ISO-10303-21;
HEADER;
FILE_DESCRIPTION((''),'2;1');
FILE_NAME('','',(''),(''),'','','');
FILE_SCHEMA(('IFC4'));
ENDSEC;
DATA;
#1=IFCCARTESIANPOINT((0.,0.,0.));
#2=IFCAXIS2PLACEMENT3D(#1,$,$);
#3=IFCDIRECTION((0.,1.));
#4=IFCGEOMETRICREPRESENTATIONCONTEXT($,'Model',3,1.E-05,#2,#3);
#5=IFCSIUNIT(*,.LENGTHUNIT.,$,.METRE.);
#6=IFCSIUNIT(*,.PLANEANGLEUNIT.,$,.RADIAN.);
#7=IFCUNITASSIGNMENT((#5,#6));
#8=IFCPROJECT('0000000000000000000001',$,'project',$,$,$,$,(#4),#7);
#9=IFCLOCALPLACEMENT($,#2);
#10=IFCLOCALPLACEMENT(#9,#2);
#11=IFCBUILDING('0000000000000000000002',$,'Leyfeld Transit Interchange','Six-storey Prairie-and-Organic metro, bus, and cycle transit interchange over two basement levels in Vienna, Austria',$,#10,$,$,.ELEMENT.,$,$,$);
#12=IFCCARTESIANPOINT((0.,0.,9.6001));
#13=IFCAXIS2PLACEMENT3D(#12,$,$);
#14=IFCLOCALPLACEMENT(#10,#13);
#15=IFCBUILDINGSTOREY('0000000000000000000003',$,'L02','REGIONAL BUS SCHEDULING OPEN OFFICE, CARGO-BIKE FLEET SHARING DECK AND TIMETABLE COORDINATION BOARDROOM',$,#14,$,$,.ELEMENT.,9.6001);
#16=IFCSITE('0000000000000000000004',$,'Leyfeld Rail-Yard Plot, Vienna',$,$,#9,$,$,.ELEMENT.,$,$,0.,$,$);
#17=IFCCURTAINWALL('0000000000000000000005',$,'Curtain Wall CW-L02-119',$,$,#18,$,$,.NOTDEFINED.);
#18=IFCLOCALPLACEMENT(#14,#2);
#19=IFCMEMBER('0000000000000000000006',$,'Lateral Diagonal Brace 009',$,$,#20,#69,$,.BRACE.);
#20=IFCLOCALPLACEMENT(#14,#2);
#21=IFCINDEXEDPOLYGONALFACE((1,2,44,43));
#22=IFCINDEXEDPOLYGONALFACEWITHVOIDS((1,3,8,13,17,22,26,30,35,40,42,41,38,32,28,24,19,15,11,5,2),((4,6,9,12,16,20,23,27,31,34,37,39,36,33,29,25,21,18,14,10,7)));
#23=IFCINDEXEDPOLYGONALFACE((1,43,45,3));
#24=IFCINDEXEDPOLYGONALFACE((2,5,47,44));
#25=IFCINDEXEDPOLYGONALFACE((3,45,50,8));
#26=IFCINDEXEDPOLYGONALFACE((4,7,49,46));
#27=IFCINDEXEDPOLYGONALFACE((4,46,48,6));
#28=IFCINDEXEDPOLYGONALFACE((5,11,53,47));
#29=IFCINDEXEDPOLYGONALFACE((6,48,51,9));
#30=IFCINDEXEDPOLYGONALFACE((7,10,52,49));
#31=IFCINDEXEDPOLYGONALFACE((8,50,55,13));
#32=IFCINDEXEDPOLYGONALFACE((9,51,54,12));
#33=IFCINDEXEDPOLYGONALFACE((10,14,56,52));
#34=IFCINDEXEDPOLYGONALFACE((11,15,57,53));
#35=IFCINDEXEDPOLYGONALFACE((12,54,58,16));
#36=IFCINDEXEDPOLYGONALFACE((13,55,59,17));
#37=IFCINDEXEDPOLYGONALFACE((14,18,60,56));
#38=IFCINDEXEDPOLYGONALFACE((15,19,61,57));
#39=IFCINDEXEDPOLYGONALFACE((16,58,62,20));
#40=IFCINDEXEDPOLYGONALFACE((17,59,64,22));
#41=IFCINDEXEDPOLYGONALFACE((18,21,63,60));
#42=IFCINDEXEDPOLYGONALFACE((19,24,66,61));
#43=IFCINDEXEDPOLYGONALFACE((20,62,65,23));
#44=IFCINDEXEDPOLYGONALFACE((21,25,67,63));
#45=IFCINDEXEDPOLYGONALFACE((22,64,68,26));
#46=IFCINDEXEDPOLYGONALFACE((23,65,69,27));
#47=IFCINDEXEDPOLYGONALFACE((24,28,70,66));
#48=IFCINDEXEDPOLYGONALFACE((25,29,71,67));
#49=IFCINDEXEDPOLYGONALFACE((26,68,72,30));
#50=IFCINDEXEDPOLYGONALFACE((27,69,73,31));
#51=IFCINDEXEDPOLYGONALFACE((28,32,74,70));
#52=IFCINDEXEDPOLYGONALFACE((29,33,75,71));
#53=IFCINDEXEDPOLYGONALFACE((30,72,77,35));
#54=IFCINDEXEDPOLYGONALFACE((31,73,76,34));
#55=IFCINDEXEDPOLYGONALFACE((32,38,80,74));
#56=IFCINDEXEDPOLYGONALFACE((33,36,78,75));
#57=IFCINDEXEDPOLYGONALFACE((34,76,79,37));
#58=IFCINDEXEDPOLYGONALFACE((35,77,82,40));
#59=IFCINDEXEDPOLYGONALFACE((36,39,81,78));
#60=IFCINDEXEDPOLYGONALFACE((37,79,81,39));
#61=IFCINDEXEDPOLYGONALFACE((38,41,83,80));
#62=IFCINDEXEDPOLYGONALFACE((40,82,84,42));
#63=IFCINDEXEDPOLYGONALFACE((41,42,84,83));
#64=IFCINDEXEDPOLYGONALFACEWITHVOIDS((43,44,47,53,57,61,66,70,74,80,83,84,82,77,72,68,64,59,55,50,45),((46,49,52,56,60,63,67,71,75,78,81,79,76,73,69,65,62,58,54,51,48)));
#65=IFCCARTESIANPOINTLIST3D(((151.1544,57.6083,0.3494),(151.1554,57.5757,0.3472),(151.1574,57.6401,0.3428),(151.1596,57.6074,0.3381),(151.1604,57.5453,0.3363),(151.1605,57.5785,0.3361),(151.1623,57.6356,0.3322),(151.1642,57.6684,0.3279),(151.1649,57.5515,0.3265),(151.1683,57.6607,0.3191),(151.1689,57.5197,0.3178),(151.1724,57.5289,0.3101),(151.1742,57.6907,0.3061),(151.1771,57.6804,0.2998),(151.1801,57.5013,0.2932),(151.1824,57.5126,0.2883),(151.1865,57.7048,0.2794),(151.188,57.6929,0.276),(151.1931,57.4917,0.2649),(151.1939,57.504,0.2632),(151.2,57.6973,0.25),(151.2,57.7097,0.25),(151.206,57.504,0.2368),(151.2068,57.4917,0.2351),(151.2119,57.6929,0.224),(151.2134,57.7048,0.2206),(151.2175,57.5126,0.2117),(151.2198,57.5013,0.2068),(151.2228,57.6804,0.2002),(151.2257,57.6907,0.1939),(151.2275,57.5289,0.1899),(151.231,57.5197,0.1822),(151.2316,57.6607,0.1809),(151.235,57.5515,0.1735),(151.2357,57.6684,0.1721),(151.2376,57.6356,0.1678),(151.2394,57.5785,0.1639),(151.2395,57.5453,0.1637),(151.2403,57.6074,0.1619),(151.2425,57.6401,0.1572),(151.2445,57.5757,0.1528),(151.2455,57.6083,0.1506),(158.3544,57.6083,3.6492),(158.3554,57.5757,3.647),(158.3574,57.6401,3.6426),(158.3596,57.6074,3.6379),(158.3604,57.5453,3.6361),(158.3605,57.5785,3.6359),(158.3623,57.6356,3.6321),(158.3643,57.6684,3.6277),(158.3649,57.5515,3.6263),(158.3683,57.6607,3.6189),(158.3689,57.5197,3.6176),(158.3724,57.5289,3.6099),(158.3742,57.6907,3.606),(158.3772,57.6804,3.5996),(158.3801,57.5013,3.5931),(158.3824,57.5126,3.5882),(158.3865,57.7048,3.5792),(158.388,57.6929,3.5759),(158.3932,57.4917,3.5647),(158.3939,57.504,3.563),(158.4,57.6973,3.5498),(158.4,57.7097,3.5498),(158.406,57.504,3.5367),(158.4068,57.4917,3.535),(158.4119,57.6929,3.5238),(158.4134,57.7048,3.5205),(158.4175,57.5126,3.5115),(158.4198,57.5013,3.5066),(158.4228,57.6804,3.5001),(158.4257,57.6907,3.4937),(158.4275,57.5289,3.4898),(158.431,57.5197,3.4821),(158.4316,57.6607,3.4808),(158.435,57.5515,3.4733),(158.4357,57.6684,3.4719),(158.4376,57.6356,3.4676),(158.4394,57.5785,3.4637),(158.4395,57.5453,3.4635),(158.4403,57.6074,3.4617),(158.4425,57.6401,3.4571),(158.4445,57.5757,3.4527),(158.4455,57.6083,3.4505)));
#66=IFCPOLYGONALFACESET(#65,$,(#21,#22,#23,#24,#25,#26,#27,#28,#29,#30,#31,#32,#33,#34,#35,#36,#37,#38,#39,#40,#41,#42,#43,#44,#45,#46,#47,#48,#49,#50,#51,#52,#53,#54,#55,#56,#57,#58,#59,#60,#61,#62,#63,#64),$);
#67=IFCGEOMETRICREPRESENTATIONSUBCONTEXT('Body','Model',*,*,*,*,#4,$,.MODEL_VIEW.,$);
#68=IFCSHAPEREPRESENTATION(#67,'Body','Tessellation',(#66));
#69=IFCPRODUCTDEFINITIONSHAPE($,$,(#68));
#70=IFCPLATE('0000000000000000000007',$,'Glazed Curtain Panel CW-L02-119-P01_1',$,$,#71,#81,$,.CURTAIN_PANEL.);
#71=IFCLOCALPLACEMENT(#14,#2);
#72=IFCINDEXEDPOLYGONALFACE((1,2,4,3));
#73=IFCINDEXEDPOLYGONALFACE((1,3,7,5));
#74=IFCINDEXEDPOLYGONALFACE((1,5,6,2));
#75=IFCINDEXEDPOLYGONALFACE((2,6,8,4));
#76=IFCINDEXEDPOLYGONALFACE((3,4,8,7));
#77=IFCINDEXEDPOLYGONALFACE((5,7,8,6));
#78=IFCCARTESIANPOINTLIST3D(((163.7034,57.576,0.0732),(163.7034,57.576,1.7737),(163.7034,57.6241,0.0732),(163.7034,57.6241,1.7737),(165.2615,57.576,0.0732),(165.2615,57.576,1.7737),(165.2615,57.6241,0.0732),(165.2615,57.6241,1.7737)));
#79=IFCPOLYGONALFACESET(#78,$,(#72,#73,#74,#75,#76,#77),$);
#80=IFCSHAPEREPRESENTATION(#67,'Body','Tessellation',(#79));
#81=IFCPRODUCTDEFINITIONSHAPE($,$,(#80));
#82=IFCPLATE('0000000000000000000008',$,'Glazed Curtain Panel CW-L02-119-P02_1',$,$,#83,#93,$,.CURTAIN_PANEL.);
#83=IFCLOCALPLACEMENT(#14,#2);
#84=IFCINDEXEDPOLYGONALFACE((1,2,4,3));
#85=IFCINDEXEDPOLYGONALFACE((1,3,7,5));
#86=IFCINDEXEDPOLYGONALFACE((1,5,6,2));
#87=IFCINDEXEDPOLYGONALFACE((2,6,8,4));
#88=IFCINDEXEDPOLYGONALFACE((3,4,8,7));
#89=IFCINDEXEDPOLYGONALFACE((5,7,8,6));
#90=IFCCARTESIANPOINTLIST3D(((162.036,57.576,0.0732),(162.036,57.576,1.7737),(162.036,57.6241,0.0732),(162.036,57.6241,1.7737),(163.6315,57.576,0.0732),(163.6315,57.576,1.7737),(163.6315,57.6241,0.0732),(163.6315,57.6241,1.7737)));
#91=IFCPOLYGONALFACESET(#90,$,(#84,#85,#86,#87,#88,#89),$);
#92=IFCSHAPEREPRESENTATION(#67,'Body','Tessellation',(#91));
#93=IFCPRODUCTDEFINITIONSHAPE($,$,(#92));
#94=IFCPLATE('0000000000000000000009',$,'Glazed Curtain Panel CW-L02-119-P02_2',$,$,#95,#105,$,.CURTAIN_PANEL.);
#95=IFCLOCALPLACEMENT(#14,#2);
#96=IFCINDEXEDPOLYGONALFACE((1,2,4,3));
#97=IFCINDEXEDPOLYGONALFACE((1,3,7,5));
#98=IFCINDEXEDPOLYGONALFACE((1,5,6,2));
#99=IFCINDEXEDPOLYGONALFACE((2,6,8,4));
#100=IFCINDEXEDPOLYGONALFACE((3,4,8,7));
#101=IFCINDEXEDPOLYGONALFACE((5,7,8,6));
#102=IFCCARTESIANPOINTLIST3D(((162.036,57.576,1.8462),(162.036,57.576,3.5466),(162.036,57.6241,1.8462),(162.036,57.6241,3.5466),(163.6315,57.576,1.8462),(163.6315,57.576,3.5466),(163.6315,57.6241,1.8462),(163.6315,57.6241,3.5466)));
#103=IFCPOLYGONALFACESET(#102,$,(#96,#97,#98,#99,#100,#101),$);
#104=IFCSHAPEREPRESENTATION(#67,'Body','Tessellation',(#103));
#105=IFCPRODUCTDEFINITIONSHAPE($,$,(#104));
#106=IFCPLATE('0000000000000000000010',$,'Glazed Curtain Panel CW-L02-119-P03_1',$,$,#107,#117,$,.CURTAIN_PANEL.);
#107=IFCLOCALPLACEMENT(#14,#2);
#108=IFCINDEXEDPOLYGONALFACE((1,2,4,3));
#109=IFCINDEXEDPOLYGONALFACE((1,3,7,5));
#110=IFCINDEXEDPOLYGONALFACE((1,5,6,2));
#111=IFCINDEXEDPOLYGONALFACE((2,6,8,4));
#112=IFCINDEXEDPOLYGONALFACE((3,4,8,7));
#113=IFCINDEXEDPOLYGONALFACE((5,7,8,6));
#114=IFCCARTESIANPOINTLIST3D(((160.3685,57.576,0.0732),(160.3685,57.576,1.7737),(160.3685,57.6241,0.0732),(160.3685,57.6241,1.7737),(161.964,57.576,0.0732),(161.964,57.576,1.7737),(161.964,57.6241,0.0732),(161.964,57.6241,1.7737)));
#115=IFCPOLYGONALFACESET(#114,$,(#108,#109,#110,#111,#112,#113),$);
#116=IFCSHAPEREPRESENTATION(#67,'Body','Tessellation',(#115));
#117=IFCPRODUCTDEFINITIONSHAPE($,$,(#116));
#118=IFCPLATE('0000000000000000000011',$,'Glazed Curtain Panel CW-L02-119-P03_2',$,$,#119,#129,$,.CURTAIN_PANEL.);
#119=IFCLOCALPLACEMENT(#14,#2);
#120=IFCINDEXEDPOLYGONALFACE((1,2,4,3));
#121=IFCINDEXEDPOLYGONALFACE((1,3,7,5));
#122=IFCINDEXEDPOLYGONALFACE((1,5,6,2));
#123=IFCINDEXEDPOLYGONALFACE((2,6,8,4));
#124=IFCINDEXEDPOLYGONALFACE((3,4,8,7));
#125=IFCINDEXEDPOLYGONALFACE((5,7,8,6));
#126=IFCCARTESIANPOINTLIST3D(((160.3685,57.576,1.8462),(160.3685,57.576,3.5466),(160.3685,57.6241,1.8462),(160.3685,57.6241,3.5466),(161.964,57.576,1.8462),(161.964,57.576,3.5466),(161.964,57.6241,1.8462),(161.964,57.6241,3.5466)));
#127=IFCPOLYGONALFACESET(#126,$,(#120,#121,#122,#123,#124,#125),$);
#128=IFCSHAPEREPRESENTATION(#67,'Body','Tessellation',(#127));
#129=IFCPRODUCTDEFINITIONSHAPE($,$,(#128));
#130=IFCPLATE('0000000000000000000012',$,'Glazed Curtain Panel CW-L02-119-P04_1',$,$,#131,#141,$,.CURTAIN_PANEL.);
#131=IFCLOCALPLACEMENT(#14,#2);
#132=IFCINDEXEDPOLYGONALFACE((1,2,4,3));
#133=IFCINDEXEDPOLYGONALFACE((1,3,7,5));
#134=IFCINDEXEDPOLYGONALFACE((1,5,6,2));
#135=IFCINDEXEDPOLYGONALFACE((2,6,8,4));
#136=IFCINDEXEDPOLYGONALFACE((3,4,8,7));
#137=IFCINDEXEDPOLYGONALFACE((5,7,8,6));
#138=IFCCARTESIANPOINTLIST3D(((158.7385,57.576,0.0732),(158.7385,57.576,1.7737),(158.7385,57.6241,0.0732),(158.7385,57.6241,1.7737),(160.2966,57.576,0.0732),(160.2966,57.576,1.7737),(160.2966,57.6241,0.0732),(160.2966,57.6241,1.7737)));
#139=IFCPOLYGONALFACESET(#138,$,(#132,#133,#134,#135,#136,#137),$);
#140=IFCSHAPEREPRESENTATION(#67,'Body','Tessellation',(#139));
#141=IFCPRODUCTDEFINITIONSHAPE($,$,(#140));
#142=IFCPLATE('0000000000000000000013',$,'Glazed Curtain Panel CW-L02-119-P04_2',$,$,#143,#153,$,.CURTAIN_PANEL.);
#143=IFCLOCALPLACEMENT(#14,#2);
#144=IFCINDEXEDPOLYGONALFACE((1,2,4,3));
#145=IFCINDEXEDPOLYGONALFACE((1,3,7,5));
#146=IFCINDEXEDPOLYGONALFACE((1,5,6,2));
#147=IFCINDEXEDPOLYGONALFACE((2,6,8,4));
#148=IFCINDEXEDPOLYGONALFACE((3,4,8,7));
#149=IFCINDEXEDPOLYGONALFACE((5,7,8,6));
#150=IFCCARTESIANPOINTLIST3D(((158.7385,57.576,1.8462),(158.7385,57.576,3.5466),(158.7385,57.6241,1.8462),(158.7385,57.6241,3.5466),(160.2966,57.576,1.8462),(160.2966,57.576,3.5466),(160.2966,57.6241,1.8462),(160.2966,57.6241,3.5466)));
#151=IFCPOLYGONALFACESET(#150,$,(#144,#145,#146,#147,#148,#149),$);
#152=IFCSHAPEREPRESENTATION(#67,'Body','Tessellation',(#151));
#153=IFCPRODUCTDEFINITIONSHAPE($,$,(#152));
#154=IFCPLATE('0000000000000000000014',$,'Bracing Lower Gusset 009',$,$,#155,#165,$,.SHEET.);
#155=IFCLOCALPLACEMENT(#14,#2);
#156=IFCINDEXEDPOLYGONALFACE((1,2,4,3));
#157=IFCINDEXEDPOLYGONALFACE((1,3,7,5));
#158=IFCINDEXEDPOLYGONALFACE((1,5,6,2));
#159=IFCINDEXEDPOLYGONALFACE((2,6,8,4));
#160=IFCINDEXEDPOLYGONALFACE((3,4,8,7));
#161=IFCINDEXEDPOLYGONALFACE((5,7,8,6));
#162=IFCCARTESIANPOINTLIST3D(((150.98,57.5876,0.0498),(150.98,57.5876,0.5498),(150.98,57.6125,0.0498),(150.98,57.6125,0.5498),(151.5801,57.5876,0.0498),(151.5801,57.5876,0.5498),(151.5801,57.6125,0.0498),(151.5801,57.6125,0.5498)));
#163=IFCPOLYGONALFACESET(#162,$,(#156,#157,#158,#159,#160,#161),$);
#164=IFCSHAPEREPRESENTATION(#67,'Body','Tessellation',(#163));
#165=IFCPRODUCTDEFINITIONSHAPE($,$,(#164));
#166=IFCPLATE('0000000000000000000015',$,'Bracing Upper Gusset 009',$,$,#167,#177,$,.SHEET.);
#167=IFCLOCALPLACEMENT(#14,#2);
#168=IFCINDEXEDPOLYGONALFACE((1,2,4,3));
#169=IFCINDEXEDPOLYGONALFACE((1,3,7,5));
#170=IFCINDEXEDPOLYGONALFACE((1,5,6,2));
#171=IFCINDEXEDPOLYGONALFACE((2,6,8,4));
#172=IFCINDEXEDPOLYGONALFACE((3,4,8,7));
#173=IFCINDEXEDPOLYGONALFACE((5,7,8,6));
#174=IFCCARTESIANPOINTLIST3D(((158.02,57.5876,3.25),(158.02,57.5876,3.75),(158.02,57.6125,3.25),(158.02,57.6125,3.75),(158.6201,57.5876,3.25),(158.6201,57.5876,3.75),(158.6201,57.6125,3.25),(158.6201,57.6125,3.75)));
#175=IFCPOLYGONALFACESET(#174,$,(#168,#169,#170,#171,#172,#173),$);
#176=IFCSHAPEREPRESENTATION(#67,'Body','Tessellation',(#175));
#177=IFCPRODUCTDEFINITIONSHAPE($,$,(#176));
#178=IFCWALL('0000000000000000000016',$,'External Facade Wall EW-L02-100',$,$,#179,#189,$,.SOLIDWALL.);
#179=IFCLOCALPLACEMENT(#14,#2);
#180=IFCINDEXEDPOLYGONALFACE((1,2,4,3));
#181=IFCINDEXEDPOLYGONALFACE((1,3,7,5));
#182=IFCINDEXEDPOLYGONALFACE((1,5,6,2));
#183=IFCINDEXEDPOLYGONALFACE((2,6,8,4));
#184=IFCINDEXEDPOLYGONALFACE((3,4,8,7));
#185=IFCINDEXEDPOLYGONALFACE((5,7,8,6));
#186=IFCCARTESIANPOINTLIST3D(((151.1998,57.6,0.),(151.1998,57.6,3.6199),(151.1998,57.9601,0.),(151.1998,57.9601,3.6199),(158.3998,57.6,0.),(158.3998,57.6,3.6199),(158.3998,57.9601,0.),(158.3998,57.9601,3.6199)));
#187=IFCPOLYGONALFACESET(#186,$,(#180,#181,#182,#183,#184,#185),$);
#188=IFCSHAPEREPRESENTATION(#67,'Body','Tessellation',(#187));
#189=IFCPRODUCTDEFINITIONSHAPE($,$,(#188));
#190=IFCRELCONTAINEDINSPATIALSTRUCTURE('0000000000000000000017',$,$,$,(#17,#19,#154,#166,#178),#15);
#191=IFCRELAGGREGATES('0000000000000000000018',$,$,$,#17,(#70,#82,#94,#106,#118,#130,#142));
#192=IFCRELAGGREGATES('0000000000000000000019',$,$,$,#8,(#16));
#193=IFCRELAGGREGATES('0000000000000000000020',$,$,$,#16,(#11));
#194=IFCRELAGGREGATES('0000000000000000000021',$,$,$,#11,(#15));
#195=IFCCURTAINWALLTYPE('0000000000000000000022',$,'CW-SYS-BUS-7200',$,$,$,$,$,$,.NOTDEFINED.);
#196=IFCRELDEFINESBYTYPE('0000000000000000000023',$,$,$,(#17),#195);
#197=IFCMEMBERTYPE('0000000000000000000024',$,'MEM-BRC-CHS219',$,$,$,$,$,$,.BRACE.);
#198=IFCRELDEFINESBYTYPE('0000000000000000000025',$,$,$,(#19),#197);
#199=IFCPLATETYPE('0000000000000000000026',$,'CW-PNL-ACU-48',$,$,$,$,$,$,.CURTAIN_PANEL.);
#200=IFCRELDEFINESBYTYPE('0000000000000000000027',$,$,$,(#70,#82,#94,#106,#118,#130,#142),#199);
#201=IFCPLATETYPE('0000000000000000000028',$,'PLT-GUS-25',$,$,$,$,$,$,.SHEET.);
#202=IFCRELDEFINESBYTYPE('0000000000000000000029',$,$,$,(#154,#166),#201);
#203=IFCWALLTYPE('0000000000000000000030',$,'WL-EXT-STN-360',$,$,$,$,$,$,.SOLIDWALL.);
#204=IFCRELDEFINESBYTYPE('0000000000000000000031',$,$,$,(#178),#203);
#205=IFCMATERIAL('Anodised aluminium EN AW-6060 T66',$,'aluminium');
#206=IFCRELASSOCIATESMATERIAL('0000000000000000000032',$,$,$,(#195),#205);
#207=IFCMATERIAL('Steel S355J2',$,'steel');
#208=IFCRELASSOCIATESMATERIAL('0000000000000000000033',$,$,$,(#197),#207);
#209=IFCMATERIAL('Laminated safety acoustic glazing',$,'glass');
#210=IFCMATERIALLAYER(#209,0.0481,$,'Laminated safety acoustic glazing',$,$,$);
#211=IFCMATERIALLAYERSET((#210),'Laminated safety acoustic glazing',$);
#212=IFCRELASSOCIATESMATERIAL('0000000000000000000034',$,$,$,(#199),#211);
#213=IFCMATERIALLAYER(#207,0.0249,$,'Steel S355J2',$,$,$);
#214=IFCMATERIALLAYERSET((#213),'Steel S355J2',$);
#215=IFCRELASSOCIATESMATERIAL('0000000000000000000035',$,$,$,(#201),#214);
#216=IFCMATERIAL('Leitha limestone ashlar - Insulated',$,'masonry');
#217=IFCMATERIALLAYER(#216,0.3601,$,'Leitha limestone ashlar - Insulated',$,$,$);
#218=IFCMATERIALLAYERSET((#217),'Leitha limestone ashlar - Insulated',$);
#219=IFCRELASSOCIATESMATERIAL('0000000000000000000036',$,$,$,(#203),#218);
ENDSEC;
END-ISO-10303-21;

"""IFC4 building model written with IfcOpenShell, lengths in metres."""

from ifc_helpers import new_model, si_unit, direction, frame, frame_2d, origin, origin_2d, place, context, subcontext, project, spatial, rectangle, hollow_circle, extrude, material, layer, layer_set, material_profile, profile_set, type_object, element, aggregate, save


model = new_model("IFC4")

# Units and contexts
model_context = context("Model", 3, precision=1e-05, world=origin(), true_north=direction((0.0, 1.0)))
body_context = subcontext(model_context, "Body", "Model", "MODEL_VIEW")
ifc_project = project(units=[si_unit("LENGTHUNIT", "METRE"), si_unit("PLANEANGLEUNIT", "RADIAN")], contexts=[model_context])

# Site, building, storey
site_placement = place(None, origin())
site = spatial("IfcSite", under=ifc_project, at=site_placement, Name="Leyfeld Rail-Yard Plot, Vienna", CompositionType="ELEMENT", RefElevation=0.0)
building_placement = place(site_placement, origin())
building = spatial("IfcBuilding", under=site, at=building_placement, Name="Leyfeld Transit Interchange", Description="Six-storey Prairie-and-Organic metro, bus, and cycle transit interchange over two basement levels in Vienna, Austria", CompositionType="ELEMENT")
storey_placement = place(building_placement, frame((0.0, 0.0, 9.6001)))
storey = spatial("IfcBuildingStorey", under=building, at=storey_placement, Name="L02", Description="REGIONAL BUS SCHEDULING OPEN OFFICE, CARGO-BIKE FLEET SHARING DECK AND TIMETABLE COORDINATION BOARDROOM", CompositionType="ELEMENT", Elevation=9.6001)

# Shared definitions
ifc_material_1 = material(Name="Steel S355J2", Category="steel")

# Curtain wall
ifc_material_2 = material(Name="Anodised aluminium EN AW-6060 T66", Category="aluminium")
curtain_wall_type = type_object("IfcCurtainWallType", Name="CW-SYS-BUS-7200", PredefinedType="NOTDEFINED", material=ifc_material_2)
curtain_wall_placement = place(storey_placement, origin())
curtain_wall = element("IfcCurtainWall", 1, at=curtain_wall_placement, inside=storey, type_object=curtain_wall_type, Name="Curtain Wall CW-L02-119", PredefinedType="NOTDEFINED")

# Member
ifc_material_profile_1 = material_profile(ifc_material_1, hollow_circle(Radius=0.1096, WallThickness=0.0125, at=origin_2d()), Name="CHS 219.1x12.5")
ifc_profile_set_1 = profile_set([ifc_material_profile_1], Name="Steel S355J2")
member_type_1 = type_object("IfcMemberType", Name="MEM-BRC-CHS219", PredefinedType="BRACE", material=ifc_profile_set_1)
member_1_placement = place(storey_placement, frame((151.2, 57.6001, 0.25), z_axis=(0.909073, 0.0, 0.416637), x_axis=(0.0, 1.0, 0.0)))
element("IfcMember", 2, at=member_1_placement, inside=storey, type_object=member_type_1, Name="Lateral Diagonal Brace 009", PredefinedType="BRACE", context=body_context, shape_type="SweptSolid", body=[
    extrude(hollow_circle(Radius=0.1096, WallThickness=0.0125, at=origin_2d()), origin(), (0.0, 0.0, 1.0), 7.9202),
])

# Plates
ifc_material_3 = material(Name="Laminated safety acoustic glazing", Category="glass")
ifc_layer_1 = layer(ifc_material_3, 0.0481, Name="Laminated safety acoustic glazing")
ifc_layer_set_1 = layer_set([ifc_layer_1], Name="Laminated safety acoustic glazing")
plate_type_1 = type_object("IfcPlateType", Name="CW-PNL-ACU-48", PredefinedType="CURTAIN_PANEL", material=ifc_layer_set_1)
plate_1_placement = place(storey_placement, frame((164.4824, 57.6001, 0.0732), z_axis=(0.0, 0.0, 1.0), x_axis=(-1.0, 0.0, 0.0)))
plate_1 = element("IfcPlate", 3, at=plate_1_placement, type_object=plate_type_1, Name="Glazed Curtain Panel CW-L02-119-P01_1", PredefinedType="CURTAIN_PANEL", context=body_context, shape_type="SweptSolid", body=[
    extrude(rectangle(XDim=1.5581, YDim=0.0481, at=origin_2d()), origin(), (0.0, 0.0, 1.0), 1.7004),
])
plate_2_placement = place(storey_placement, frame((162.8337, 57.6001, 0.0732), z_axis=(0.0, 0.0, 1.0), x_axis=(-1.0, 0.0, 0.0)))
plate_2 = element("IfcPlate", 4, at=plate_2_placement, type_object=plate_type_1, Name="Glazed Curtain Panel CW-L02-119-P02_1", PredefinedType="CURTAIN_PANEL", context=body_context, shape_type="SweptSolid", body=[
    extrude(rectangle(XDim=1.5955, YDim=0.0481, at=origin_2d()), origin(), (0.0, 0.0, 1.0), 1.7004),
])
plate_3_placement = place(storey_placement, frame((162.8337, 57.6001, 1.8462), z_axis=(0.0, 0.0, 1.0), x_axis=(-1.0, 0.0, 0.0)))
plate_3 = element("IfcPlate", 5, at=plate_3_placement, type_object=plate_type_1, Name="Glazed Curtain Panel CW-L02-119-P02_2", PredefinedType="CURTAIN_PANEL", context=body_context, shape_type="SweptSolid", body=[
    extrude(rectangle(XDim=1.5955, YDim=0.0481, at=origin_2d()), origin(), (0.0, 0.0, 1.0), 1.7004),
])
plate_4_placement = place(storey_placement, frame((161.1663, 57.6001, 0.0732), z_axis=(0.0, 0.0, 1.0), x_axis=(-1.0, 0.0, 0.0)))
plate_4 = element("IfcPlate", 6, at=plate_4_placement, type_object=plate_type_1, Name="Glazed Curtain Panel CW-L02-119-P03_1", PredefinedType="CURTAIN_PANEL", context=body_context, shape_type="SweptSolid", body=[
    extrude(rectangle(XDim=1.5955, YDim=0.0481, at=origin_2d()), origin(), (0.0, 0.0, 1.0), 1.7004),
])
plate_5_placement = place(storey_placement, frame((161.1663, 57.6001, 1.8462), z_axis=(0.0, 0.0, 1.0), x_axis=(-1.0, 0.0, 0.0)))
plate_5 = element("IfcPlate", 7, at=plate_5_placement, type_object=plate_type_1, Name="Glazed Curtain Panel CW-L02-119-P03_2", PredefinedType="CURTAIN_PANEL", context=body_context, shape_type="SweptSolid", body=[
    extrude(rectangle(XDim=1.5955, YDim=0.0481, at=origin_2d()), origin(), (0.0, 0.0, 1.0), 1.7004),
])
plate_6_placement = place(storey_placement, frame((159.5176, 57.6001, 0.0732), z_axis=(0.0, 0.0, 1.0), x_axis=(-1.0, 0.0, 0.0)))
plate_6 = element("IfcPlate", 8, at=plate_6_placement, type_object=plate_type_1, Name="Glazed Curtain Panel CW-L02-119-P04_1", PredefinedType="CURTAIN_PANEL", context=body_context, shape_type="SweptSolid", body=[
    extrude(rectangle(XDim=1.5581, YDim=0.0481, at=origin_2d()), origin(), (0.0, 0.0, 1.0), 1.7004),
])
plate_7_placement = place(storey_placement, frame((159.5176, 57.6001, 1.8462), z_axis=(0.0, 0.0, 1.0), x_axis=(-1.0, 0.0, 0.0)))
plate_7 = element("IfcPlate", 9, at=plate_7_placement, type_object=plate_type_1, Name="Glazed Curtain Panel CW-L02-119-P04_2", PredefinedType="CURTAIN_PANEL", context=body_context, shape_type="SweptSolid", body=[
    extrude(rectangle(XDim=1.5581, YDim=0.0481, at=origin_2d()), origin(), (0.0, 0.0, 1.0), 1.7004),
])
aggregate(curtain_wall, [plate_1, plate_2, plate_3, plate_4, plate_5, plate_6, plate_7])

# Plates
ifc_layer_2 = layer(ifc_material_1, 0.0249, Name="Steel S355J2")
ifc_layer_set_2 = layer_set([ifc_layer_2], Name="Steel S355J2")
plate_type_2 = type_object("IfcPlateType", Name="PLT-GUS-25", PredefinedType="SHEET", material=ifc_layer_set_2)
for number, where, z_axis, x_axis, name in (
    (10, (151.28, 57.6001, 0.0498), (0.0, 0.0, 1.0), (1.0, 0.0, 0.0), "Bracing Lower Gusset 009"),
    (11, (158.3201, 57.6001, 3.25), (0.0, 0.0, 1.0), (1.0, 0.0, 0.0), "Bracing Upper Gusset 009"),
):
    element("IfcPlate", number, at=place(storey_placement, frame(where, z_axis=z_axis, x_axis=x_axis)), inside=storey, type_object=plate_type_2, Name=name, PredefinedType="SHEET", context=body_context, shape_type="SweptSolid", body=[
        extrude(rectangle(XDim=0.6001, YDim=0.0249, at=origin_2d()), origin(), (0.0, 0.0, 1.0), 0.5),
    ])

# Wall
ifc_material_4 = material(Name="Leitha limestone ashlar - Insulated", Category="masonry")
ifc_layer_3 = layer(ifc_material_4, 0.3601, Name="Leitha limestone ashlar - Insulated")
ifc_layer_set_3 = layer_set([ifc_layer_3], Name="Leitha limestone ashlar - Insulated")
wall_type_1 = type_object("IfcWallType", Name="WL-EXT-STN-360", PredefinedType="SOLIDWALL", material=ifc_layer_set_3)
wall_1_placement = place(storey_placement, frame((158.3999, 57.78, 0.0), z_axis=(0.0, 0.0, 1.0), x_axis=(-1.0, 0.0, 0.0)))
element("IfcWall", 12, at=wall_1_placement, inside=storey, type_object=wall_type_1, Name="External Facade Wall EW-L02-100", PredefinedType="SOLIDWALL", context=body_context, shape_type="SweptSolid", body=[
    extrude(rectangle(XDim=7.2, YDim=0.3601, at=frame_2d((3.6001, 0.0))), origin(), (0.0, 0.0, 1.0), 3.6199),
])

save(model, "model.ifc")
